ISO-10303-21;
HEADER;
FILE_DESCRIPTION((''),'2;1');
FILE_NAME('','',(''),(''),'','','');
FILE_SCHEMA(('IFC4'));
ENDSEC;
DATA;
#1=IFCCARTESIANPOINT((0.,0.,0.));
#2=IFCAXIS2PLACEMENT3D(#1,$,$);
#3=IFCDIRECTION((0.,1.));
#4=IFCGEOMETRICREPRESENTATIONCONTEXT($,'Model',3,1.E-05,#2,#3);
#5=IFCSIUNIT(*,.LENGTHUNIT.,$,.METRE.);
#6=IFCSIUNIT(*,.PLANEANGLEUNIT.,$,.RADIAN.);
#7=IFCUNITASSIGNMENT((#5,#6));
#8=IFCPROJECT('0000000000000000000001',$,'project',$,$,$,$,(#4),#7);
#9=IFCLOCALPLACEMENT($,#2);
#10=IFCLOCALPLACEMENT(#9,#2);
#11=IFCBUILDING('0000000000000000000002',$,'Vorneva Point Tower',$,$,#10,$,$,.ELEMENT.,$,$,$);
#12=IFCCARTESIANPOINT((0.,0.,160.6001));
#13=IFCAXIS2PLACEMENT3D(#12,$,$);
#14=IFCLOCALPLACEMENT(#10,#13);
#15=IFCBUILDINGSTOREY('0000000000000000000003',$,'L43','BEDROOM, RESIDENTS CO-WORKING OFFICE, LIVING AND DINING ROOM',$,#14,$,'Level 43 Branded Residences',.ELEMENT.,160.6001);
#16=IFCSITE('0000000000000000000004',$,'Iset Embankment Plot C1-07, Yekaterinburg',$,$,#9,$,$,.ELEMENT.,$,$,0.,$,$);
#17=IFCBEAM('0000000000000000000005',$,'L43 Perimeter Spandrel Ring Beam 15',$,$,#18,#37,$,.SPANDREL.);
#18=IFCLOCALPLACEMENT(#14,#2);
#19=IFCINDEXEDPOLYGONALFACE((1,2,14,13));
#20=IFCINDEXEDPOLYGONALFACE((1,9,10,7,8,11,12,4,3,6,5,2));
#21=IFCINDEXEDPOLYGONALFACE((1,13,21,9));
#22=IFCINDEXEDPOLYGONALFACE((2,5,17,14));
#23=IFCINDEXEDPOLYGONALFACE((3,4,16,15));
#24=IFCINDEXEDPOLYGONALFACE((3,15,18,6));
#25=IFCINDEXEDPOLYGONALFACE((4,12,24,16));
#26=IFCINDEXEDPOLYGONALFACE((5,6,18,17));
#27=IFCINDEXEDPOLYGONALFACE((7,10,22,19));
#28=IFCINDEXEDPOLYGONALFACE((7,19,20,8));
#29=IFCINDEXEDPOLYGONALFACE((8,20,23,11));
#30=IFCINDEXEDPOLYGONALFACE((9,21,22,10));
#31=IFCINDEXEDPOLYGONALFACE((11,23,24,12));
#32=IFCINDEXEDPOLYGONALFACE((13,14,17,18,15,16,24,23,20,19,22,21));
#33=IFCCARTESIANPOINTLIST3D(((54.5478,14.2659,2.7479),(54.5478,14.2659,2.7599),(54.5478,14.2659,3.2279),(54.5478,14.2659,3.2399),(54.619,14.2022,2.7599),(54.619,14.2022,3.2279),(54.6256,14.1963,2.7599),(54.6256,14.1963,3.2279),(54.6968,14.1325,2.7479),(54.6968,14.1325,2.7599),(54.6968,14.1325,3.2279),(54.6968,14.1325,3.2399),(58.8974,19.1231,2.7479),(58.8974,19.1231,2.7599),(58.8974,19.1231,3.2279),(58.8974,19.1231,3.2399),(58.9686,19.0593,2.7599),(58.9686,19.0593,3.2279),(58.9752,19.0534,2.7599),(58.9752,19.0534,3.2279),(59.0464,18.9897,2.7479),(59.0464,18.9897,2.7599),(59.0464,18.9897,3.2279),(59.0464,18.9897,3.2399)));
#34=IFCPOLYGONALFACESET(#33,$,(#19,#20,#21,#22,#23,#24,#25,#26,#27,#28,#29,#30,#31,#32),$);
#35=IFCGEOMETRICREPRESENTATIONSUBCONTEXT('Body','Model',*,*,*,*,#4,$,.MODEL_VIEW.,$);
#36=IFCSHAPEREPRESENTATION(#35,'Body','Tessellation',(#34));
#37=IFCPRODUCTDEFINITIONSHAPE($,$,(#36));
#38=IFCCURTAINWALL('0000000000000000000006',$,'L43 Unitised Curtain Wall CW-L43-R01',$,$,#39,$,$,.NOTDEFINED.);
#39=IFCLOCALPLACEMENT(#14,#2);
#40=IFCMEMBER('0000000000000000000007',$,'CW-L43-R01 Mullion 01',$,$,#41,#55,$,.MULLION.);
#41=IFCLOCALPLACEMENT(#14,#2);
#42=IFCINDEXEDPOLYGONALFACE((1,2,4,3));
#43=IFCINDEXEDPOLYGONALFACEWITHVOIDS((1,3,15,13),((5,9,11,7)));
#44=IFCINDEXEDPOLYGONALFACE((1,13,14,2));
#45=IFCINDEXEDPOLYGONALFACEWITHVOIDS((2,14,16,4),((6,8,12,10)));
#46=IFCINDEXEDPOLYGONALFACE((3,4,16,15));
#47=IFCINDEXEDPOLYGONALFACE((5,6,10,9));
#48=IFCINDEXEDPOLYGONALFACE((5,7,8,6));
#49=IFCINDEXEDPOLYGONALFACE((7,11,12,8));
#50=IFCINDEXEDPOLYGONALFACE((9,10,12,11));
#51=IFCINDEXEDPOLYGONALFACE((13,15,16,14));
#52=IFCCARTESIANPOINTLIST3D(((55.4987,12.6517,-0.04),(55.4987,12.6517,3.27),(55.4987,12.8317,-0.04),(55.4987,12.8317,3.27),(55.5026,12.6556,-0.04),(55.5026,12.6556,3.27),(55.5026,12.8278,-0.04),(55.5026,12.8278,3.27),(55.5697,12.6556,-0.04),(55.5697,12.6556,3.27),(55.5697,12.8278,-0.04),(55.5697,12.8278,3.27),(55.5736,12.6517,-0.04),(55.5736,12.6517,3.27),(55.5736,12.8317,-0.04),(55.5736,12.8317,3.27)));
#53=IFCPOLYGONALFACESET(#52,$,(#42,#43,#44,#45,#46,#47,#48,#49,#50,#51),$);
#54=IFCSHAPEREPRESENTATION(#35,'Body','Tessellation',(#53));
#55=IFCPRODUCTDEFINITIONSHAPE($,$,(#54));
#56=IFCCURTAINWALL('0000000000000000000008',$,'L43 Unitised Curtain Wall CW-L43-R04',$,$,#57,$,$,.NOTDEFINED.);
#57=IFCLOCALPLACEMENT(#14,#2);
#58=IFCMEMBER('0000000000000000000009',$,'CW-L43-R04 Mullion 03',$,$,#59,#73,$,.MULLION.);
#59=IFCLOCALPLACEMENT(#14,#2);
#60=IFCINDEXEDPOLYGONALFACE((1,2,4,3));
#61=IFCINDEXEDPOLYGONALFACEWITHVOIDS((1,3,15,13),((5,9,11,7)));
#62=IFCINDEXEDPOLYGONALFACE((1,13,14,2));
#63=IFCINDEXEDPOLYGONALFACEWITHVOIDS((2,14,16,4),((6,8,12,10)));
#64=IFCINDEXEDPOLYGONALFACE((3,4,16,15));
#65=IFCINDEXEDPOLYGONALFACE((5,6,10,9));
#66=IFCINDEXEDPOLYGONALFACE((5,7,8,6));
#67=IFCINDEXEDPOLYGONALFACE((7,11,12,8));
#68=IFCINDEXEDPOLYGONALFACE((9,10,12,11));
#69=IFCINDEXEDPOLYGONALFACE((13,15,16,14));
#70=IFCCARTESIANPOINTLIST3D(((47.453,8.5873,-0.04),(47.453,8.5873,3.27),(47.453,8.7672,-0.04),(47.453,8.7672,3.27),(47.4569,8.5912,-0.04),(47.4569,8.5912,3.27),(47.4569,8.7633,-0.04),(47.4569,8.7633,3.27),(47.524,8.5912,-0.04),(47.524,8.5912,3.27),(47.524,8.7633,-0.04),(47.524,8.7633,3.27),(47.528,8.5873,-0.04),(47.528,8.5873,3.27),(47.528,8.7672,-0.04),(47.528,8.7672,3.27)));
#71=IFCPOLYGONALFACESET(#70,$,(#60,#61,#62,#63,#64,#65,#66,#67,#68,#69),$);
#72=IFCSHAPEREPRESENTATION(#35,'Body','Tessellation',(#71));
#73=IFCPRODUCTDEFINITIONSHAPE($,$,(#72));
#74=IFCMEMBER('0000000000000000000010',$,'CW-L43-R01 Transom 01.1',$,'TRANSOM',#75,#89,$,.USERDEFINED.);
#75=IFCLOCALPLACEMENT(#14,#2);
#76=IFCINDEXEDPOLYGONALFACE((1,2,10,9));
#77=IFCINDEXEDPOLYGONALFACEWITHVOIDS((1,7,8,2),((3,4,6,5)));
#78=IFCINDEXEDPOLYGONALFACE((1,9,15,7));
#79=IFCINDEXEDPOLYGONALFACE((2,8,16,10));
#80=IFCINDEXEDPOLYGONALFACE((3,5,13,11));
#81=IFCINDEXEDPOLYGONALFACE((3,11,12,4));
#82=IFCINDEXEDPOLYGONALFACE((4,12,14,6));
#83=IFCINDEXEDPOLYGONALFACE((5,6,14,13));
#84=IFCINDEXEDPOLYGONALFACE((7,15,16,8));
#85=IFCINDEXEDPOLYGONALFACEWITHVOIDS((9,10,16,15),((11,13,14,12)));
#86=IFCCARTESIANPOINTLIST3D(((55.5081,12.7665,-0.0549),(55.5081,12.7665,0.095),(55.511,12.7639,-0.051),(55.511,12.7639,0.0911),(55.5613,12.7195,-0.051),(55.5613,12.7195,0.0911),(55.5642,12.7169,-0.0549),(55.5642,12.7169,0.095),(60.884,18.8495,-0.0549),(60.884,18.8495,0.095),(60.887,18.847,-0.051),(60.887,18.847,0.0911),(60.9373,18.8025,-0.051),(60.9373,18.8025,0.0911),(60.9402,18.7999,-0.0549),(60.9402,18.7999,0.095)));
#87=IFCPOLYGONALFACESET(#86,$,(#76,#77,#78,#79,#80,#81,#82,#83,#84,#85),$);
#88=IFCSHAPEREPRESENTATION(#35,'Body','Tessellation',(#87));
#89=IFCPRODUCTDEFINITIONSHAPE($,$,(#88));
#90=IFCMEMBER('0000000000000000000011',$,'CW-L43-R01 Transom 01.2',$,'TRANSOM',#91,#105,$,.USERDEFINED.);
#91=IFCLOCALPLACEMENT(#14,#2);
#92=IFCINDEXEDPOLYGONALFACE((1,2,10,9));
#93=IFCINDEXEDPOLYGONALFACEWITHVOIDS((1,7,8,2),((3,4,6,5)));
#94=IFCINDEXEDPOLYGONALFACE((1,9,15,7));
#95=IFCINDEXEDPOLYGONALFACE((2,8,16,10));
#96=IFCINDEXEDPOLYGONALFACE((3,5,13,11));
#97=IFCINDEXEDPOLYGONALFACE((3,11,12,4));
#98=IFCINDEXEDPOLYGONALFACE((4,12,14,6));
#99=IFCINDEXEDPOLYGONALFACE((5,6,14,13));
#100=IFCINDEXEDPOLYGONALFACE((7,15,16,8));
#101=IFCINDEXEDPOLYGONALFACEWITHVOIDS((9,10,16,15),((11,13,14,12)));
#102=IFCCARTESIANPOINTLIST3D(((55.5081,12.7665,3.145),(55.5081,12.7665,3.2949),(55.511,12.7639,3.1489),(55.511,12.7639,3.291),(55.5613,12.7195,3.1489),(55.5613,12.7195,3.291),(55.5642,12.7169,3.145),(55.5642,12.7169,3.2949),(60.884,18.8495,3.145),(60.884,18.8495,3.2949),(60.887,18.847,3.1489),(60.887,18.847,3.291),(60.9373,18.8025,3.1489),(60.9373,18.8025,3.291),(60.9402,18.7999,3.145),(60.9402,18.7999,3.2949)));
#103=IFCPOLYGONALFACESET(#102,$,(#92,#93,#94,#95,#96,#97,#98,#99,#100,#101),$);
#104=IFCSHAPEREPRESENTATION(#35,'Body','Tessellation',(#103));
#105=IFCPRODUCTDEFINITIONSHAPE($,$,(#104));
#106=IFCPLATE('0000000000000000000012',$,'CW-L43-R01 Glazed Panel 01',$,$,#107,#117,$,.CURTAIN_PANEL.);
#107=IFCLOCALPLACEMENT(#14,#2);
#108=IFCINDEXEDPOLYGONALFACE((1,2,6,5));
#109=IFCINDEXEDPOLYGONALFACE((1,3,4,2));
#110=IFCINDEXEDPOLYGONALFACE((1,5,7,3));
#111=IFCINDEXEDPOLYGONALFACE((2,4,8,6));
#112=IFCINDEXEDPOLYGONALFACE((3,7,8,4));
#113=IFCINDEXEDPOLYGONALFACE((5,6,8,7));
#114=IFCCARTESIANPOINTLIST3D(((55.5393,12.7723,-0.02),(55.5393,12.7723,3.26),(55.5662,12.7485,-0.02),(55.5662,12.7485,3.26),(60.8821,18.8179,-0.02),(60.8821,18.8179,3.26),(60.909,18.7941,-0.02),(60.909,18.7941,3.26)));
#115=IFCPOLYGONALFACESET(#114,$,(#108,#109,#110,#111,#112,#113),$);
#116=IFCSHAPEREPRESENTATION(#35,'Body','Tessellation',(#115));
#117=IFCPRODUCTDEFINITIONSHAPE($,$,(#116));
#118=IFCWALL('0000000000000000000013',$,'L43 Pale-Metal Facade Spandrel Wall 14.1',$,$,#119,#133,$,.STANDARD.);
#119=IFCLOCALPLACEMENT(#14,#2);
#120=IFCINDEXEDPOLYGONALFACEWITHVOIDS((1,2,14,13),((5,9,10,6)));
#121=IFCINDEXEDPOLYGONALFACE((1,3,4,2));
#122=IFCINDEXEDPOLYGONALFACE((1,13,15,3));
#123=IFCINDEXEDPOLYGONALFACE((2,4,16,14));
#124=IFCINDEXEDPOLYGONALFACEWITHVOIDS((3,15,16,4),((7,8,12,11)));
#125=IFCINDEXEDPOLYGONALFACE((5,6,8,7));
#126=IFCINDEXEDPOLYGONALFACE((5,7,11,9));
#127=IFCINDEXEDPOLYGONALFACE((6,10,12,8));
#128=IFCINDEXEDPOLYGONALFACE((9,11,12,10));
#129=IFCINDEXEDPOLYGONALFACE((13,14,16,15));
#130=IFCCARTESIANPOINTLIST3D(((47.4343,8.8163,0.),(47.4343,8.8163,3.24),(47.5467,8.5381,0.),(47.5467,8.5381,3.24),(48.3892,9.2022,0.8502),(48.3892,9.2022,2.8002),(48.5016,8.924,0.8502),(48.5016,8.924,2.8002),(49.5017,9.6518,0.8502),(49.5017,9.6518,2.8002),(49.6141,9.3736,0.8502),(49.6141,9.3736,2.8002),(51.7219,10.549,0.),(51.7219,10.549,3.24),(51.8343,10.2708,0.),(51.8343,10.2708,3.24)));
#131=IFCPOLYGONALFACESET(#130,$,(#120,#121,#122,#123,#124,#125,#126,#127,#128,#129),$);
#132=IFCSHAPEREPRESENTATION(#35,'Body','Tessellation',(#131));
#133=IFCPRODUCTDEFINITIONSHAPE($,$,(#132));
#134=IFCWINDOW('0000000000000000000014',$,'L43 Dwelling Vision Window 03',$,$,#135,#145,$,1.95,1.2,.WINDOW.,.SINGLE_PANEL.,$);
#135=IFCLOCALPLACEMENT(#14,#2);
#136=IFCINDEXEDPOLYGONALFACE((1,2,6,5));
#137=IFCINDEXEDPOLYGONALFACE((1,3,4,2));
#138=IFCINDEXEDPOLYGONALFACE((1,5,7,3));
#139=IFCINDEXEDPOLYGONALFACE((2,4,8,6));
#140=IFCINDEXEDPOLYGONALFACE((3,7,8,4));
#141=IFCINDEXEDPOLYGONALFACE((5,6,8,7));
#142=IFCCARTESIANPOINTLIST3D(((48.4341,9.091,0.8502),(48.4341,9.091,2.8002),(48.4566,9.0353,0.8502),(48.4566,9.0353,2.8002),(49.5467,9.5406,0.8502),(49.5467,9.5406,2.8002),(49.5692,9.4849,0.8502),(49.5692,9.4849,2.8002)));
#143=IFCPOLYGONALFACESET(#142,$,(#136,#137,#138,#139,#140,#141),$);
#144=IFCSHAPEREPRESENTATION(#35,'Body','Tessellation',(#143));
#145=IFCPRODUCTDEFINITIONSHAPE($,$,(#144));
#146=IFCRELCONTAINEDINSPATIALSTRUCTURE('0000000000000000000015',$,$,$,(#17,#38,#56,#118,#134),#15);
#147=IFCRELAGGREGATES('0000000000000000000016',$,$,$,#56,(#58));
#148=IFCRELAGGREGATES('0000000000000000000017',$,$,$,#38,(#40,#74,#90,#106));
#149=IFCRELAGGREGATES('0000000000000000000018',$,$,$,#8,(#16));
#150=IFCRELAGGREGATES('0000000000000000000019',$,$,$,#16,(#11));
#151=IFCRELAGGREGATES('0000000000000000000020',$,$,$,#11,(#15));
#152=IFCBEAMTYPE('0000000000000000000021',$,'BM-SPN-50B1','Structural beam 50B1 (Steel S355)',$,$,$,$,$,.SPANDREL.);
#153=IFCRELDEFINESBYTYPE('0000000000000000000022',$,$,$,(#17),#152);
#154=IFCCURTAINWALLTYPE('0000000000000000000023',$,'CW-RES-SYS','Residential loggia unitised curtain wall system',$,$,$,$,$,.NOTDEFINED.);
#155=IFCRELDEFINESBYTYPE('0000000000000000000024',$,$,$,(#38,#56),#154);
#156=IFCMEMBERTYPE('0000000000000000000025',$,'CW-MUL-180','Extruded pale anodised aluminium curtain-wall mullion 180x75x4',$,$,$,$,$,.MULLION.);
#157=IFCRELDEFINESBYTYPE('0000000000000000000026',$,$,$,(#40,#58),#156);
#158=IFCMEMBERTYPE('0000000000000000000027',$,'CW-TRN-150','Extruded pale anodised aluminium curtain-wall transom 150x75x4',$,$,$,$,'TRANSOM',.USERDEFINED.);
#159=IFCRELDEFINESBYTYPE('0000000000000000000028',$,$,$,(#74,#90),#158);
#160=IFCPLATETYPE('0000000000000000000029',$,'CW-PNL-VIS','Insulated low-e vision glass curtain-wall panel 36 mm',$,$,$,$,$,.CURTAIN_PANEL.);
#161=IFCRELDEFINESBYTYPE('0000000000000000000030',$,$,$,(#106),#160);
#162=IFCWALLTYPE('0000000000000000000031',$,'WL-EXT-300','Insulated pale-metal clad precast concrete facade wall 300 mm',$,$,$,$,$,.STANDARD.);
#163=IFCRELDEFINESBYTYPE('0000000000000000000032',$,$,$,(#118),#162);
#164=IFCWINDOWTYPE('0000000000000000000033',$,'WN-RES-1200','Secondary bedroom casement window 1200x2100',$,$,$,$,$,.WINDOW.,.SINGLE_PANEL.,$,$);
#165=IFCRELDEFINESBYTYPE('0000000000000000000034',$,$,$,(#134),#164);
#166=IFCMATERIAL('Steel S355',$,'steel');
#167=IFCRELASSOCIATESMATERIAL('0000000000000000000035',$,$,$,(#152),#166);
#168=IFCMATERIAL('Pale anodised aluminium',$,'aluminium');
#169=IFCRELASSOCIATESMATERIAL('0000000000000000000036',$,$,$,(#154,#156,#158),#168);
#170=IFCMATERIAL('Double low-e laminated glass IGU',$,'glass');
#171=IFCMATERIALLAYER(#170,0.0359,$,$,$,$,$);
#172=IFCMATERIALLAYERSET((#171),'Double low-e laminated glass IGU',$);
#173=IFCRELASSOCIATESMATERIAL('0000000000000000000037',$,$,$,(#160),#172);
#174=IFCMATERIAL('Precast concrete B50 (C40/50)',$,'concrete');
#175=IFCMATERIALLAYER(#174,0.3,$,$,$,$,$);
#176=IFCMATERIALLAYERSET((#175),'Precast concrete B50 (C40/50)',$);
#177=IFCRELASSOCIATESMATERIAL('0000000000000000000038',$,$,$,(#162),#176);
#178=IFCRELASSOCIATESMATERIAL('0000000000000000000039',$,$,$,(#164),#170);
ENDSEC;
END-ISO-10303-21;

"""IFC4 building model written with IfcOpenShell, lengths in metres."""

from ifc_helpers import new_model, si_unit, direction, frame, frame_2d, origin, origin_2d, place, context, subcontext, project, spatial, rectangle, hollow_rectangle, i_section, extrude, material, layer, layer_set, material_profile, profile_set, type_object, element, fill, aggregate, save


model = new_model("IFC4")

# Units and contexts
model_context = context("Model", 3, precision=1e-05, world=origin(), true_north=direction((0.0, 1.0)))
body_context = subcontext(model_context, "Body", "Model", "MODEL_VIEW")
ifc_project = project(units=[si_unit("LENGTHUNIT", "METRE"), si_unit("PLANEANGLEUNIT", "RADIAN")], contexts=[model_context])

# Site, building, storey
site_placement = place(None, origin())
site = spatial("IfcSite", under=ifc_project, at=site_placement, Name="Iset Embankment Plot C1-07, Yekaterinburg", CompositionType="ELEMENT", RefElevation=0.0)
building_placement = place(site_placement, origin())
building = spatial("IfcBuilding", under=site, at=building_placement, Name="Vorneva Point Tower", CompositionType="ELEMENT")
storey_placement = place(building_placement, frame((0.0, 0.0, 160.6001)))
storey = spatial("IfcBuildingStorey", under=building, at=storey_placement, Name="L43", Description="BEDROOM, RESIDENTS CO-WORKING OFFICE, LIVING AND DINING ROOM", LongName="Level 43 Branded Residences", CompositionType="ELEMENT", Elevation=160.6001)

# Beam
ifc_material_1 = material(Name="Steel S355", Category="steel")
ifc_material_profile_1 = material_profile(ifc_material_1, i_section(OverallWidth=0.2, OverallDepth=0.4919, WebThickness=0.0088, FlangeThickness=0.012, at=origin_2d()), Name="50B1")
ifc_profile_set_1 = profile_set([ifc_material_profile_1], Name="Steel S355")
beam_type_1 = type_object("IfcBeamType", Name="BM-SPN-50B1", Description="Structural beam 50B1 (Steel S355)", PredefinedType="SPANDREL", material=ifc_profile_set_1)
beam_1_placement = place(storey_placement, frame((54.6223, 14.1992, 2.9939), z_axis=(0.667111, 0.744958, 0.0), x_axis=(-0.744958, 0.667111, 0.0)))
element("IfcBeam", 1, at=beam_1_placement, inside=storey, type_object=beam_type_1, Name="L43 Perimeter Spandrel Ring Beam 15", PredefinedType="SPANDREL", context=body_context, shape_type="SweptSolid", body=[
    extrude(i_section(OverallWidth=0.2, OverallDepth=0.4919, WebThickness=0.0088, FlangeThickness=0.012, at=origin_2d()), origin(), (0.0, 0.0, 1.0), 6.52),
])

# Curtain walls, members
ifc_material_2 = material(Name="Pale anodised aluminium", Category="aluminium")
curtain_wall_type = type_object("IfcCurtainWallType", Name="CW-RES-SYS", Description="Residential loggia unitised curtain wall system", PredefinedType="NOTDEFINED", material=ifc_material_2)
curtain_wall_1_placement = place(storey_placement, origin())
curtain_wall_1 = element("IfcCurtainWall", 2, at=curtain_wall_1_placement, inside=storey, type_object=curtain_wall_type, Name="L43 Unitised Curtain Wall CW-L43-R01", PredefinedType="NOTDEFINED")
ifc_material_profile_2 = material_profile(ifc_material_2, hollow_rectangle(XDim=0.075, YDim=0.1799, WallThickness=0.0039, at=origin_2d()), Name="AL-MUL 180x75x4")
ifc_profile_set_2 = profile_set([ifc_material_profile_2], Name="Pale anodised aluminium")
member_type_1 = type_object("IfcMemberType", Name="CW-MUL-180", Description="Extruded pale anodised aluminium curtain-wall mullion 180x75x4", PredefinedType="MULLION", material=ifc_profile_set_2)
member_1_placement = place(storey_placement, frame((55.5361, 12.7417, -0.04), z_axis=(0.0, 0.0, 1.0), x_axis=(1.0, 0.0, 0.0)))
member_1 = element("IfcMember", 3, at=member_1_placement, type_object=member_type_1, Name="CW-L43-R01 Mullion 01", PredefinedType="MULLION", context=body_context, shape_type="SweptSolid", body=[
    extrude(hollow_rectangle(XDim=0.075, YDim=0.1799, WallThickness=0.0039, at=origin_2d()), origin(), (0.0, 0.0, 1.0), 3.3101),
])
curtain_wall_2_placement = place(storey_placement, origin())
curtain_wall_2 = element("IfcCurtainWall", 4, at=curtain_wall_2_placement, inside=storey, type_object=curtain_wall_type, Name="L43 Unitised Curtain Wall CW-L43-R04", PredefinedType="NOTDEFINED")
member_2_placement = place(storey_placement, frame((47.4905, 8.6772, -0.04), z_axis=(0.0, 0.0, 1.0), x_axis=(1.0, 0.0, 0.0)))
member_2 = element("IfcMember", 5, at=member_2_placement, type_object=member_type_1, Name="CW-L43-R04 Mullion 03", PredefinedType="MULLION", context=body_context, shape_type="SweptSolid", body=[
    extrude(hollow_rectangle(XDim=0.075, YDim=0.1799, WallThickness=0.0039, at=origin_2d()), origin(), (0.0, 0.0, 1.0), 3.3101),
])
aggregate(curtain_wall_2, [member_2])

# Members
ifc_material_profile_3 = material_profile(ifc_material_2, hollow_rectangle(XDim=0.075, YDim=0.1499, WallThickness=0.0039, at=origin_2d()), Name="AL-TRN 150x75x4")
ifc_profile_set_3 = profile_set([ifc_material_profile_3], Name="Pale anodised aluminium")
member_type_2 = type_object("IfcMemberType", Name="CW-TRN-150", Description="Extruded pale anodised aluminium curtain-wall transom 150x75x4", ElementType="TRANSOM", PredefinedType="USERDEFINED", material=ifc_profile_set_3)
member_3_placement = place(storey_placement, frame((55.5361, 12.7417, 0.02), z_axis=(0.662218, 0.749311, 0.0), x_axis=(-0.749311, 0.662218, 0.0)))
member_3 = element("IfcMember", 6, at=member_3_placement, type_object=member_type_2, Name="CW-L43-R01 Transom 01.1", ObjectType="TRANSOM", PredefinedType="USERDEFINED", context=body_context, shape_type="SweptSolid", body=[
    extrude(hollow_rectangle(XDim=0.075, YDim=0.1499, WallThickness=0.0039, at=origin_2d()), origin(), (0.0, 0.0, 1.0), 8.1182),
])
member_4_placement = place(storey_placement, frame((55.5361, 12.7417, 3.22), z_axis=(0.662218, 0.749311, 0.0), x_axis=(-0.749311, 0.662218, 0.0)))
member_4 = element("IfcMember", 7, at=member_4_placement, type_object=member_type_2, Name="CW-L43-R01 Transom 01.2", ObjectType="TRANSOM", PredefinedType="USERDEFINED", context=body_context, shape_type="SweptSolid", body=[
    extrude(hollow_rectangle(XDim=0.075, YDim=0.1499, WallThickness=0.0039, at=origin_2d()), origin(), (0.0, 0.0, 1.0), 8.1182),
])

# Plate
ifc_material_3 = material(Name="Double low-e laminated glass IGU", Category="glass")
ifc_layer_1 = layer(ifc_material_3, 0.0359)
ifc_layer_set_1 = layer_set([ifc_layer_1], Name="Double low-e laminated glass IGU")
plate_type = type_object("IfcPlateType", Name="CW-PNL-VIS", Description="Insulated low-e vision glass curtain-wall panel 36 mm", PredefinedType="CURTAIN_PANEL", material=ifc_layer_set_1)
plate_placement = place(storey_placement, frame((58.2241, 15.7832, -0.02), z_axis=(0.0, 0.0, 1.0), x_axis=(0.662215, 0.749314, 0.0)))
plate = element("IfcPlate", 8, at=plate_placement, type_object=plate_type, Name="CW-L43-R01 Glazed Panel 01", PredefinedType="CURTAIN_PANEL", context=body_context, shape_type="SweptSolid", body=[
    extrude(rectangle(XDim=8.0681, YDim=0.0359, at=origin_2d()), origin(), (0.0, 0.0, 1.0), 3.28),
])
aggregate(curtain_wall_1, [member_1, member_3, member_4, plate])

# Wall, opening, window
ifc_material_4 = material(Name="Precast concrete B50 (C40/50)", Category="concrete")
ifc_layer_2 = layer(ifc_material_4, 0.3)
ifc_layer_set_2 = layer_set([ifc_layer_2], Name="Precast concrete B50 (C40/50)")
wall_type_1 = type_object("IfcWallType", Name="WL-EXT-300", Description="Insulated pale-metal clad precast concrete facade wall 300 mm", PredefinedType="STANDARD", material=ifc_layer_set_2)
wall_1_placement = place(storey_placement, frame((47.4905, 8.6772, 0.0), z_axis=(0.0, 0.0, 1.0), x_axis=(0.927157, 0.374674, 0.0)))
wall_1 = element("IfcWall", 9, at=wall_1_placement, inside=storey, type_object=wall_type_1, Name="L43 Pale-Metal Facade Spandrel Wall 14.1", PredefinedType="STANDARD", context=body_context, shape_type="SweptSolid", body=[
    extrude(rectangle(XDim=4.6245, YDim=0.3, at=frame_2d((2.3123, 0.0))), origin(), (0.0, 0.0, 1.0), 3.24),
])
opening_1_placement = place(wall_1_placement, frame((1.0298, 0.0, 0.8501)))
opening_1 = element("IfcOpeningElement", 10, at=opening_1_placement, cuts=wall_1, PredefinedType="OPENING", context=body_context, shape_type="SweptSolid", body=[
    extrude(rectangle(XDim=1.2, YDim=1.95, at=frame_2d((0.6001, 0.9751))), frame((0.0, 0.165, 0.0), z_axis=(0.0, -1.0, 0.0), x_axis=(1.0, 0.0, 0.0)), (0.0, 0.0, 1.0), 0.3298),
])
window_type = type_object("IfcWindowType", Name="WN-RES-1200", Description="Secondary bedroom casement window 1200x2100", PartitioningType="SINGLE_PANEL", PredefinedType="WINDOW", material=ifc_material_3)
window_1_placement = place(opening_1_placement, origin())
window_1 = element("IfcWindow", 11, at=window_1_placement, inside=storey, type_object=window_type, Name="L43 Dwelling Vision Window 03", OverallHeight=1.95, OverallWidth=1.2, PartitioningType="SINGLE_PANEL", PredefinedType="WINDOW", context=body_context, shape_type="SweptSolid", body=[
    extrude(rectangle(XDim=1.2, YDim=1.95, at=frame_2d((0.6001, 0.9751))), frame((0.0, 0.03, 0.0), z_axis=(0.0, -1.0, 0.0), x_axis=(1.0, 0.0, 0.0)), (0.0, 0.0, 1.0), 0.0601),
])
fill(opening_1, window_1)

save(model, "model.ifc")
